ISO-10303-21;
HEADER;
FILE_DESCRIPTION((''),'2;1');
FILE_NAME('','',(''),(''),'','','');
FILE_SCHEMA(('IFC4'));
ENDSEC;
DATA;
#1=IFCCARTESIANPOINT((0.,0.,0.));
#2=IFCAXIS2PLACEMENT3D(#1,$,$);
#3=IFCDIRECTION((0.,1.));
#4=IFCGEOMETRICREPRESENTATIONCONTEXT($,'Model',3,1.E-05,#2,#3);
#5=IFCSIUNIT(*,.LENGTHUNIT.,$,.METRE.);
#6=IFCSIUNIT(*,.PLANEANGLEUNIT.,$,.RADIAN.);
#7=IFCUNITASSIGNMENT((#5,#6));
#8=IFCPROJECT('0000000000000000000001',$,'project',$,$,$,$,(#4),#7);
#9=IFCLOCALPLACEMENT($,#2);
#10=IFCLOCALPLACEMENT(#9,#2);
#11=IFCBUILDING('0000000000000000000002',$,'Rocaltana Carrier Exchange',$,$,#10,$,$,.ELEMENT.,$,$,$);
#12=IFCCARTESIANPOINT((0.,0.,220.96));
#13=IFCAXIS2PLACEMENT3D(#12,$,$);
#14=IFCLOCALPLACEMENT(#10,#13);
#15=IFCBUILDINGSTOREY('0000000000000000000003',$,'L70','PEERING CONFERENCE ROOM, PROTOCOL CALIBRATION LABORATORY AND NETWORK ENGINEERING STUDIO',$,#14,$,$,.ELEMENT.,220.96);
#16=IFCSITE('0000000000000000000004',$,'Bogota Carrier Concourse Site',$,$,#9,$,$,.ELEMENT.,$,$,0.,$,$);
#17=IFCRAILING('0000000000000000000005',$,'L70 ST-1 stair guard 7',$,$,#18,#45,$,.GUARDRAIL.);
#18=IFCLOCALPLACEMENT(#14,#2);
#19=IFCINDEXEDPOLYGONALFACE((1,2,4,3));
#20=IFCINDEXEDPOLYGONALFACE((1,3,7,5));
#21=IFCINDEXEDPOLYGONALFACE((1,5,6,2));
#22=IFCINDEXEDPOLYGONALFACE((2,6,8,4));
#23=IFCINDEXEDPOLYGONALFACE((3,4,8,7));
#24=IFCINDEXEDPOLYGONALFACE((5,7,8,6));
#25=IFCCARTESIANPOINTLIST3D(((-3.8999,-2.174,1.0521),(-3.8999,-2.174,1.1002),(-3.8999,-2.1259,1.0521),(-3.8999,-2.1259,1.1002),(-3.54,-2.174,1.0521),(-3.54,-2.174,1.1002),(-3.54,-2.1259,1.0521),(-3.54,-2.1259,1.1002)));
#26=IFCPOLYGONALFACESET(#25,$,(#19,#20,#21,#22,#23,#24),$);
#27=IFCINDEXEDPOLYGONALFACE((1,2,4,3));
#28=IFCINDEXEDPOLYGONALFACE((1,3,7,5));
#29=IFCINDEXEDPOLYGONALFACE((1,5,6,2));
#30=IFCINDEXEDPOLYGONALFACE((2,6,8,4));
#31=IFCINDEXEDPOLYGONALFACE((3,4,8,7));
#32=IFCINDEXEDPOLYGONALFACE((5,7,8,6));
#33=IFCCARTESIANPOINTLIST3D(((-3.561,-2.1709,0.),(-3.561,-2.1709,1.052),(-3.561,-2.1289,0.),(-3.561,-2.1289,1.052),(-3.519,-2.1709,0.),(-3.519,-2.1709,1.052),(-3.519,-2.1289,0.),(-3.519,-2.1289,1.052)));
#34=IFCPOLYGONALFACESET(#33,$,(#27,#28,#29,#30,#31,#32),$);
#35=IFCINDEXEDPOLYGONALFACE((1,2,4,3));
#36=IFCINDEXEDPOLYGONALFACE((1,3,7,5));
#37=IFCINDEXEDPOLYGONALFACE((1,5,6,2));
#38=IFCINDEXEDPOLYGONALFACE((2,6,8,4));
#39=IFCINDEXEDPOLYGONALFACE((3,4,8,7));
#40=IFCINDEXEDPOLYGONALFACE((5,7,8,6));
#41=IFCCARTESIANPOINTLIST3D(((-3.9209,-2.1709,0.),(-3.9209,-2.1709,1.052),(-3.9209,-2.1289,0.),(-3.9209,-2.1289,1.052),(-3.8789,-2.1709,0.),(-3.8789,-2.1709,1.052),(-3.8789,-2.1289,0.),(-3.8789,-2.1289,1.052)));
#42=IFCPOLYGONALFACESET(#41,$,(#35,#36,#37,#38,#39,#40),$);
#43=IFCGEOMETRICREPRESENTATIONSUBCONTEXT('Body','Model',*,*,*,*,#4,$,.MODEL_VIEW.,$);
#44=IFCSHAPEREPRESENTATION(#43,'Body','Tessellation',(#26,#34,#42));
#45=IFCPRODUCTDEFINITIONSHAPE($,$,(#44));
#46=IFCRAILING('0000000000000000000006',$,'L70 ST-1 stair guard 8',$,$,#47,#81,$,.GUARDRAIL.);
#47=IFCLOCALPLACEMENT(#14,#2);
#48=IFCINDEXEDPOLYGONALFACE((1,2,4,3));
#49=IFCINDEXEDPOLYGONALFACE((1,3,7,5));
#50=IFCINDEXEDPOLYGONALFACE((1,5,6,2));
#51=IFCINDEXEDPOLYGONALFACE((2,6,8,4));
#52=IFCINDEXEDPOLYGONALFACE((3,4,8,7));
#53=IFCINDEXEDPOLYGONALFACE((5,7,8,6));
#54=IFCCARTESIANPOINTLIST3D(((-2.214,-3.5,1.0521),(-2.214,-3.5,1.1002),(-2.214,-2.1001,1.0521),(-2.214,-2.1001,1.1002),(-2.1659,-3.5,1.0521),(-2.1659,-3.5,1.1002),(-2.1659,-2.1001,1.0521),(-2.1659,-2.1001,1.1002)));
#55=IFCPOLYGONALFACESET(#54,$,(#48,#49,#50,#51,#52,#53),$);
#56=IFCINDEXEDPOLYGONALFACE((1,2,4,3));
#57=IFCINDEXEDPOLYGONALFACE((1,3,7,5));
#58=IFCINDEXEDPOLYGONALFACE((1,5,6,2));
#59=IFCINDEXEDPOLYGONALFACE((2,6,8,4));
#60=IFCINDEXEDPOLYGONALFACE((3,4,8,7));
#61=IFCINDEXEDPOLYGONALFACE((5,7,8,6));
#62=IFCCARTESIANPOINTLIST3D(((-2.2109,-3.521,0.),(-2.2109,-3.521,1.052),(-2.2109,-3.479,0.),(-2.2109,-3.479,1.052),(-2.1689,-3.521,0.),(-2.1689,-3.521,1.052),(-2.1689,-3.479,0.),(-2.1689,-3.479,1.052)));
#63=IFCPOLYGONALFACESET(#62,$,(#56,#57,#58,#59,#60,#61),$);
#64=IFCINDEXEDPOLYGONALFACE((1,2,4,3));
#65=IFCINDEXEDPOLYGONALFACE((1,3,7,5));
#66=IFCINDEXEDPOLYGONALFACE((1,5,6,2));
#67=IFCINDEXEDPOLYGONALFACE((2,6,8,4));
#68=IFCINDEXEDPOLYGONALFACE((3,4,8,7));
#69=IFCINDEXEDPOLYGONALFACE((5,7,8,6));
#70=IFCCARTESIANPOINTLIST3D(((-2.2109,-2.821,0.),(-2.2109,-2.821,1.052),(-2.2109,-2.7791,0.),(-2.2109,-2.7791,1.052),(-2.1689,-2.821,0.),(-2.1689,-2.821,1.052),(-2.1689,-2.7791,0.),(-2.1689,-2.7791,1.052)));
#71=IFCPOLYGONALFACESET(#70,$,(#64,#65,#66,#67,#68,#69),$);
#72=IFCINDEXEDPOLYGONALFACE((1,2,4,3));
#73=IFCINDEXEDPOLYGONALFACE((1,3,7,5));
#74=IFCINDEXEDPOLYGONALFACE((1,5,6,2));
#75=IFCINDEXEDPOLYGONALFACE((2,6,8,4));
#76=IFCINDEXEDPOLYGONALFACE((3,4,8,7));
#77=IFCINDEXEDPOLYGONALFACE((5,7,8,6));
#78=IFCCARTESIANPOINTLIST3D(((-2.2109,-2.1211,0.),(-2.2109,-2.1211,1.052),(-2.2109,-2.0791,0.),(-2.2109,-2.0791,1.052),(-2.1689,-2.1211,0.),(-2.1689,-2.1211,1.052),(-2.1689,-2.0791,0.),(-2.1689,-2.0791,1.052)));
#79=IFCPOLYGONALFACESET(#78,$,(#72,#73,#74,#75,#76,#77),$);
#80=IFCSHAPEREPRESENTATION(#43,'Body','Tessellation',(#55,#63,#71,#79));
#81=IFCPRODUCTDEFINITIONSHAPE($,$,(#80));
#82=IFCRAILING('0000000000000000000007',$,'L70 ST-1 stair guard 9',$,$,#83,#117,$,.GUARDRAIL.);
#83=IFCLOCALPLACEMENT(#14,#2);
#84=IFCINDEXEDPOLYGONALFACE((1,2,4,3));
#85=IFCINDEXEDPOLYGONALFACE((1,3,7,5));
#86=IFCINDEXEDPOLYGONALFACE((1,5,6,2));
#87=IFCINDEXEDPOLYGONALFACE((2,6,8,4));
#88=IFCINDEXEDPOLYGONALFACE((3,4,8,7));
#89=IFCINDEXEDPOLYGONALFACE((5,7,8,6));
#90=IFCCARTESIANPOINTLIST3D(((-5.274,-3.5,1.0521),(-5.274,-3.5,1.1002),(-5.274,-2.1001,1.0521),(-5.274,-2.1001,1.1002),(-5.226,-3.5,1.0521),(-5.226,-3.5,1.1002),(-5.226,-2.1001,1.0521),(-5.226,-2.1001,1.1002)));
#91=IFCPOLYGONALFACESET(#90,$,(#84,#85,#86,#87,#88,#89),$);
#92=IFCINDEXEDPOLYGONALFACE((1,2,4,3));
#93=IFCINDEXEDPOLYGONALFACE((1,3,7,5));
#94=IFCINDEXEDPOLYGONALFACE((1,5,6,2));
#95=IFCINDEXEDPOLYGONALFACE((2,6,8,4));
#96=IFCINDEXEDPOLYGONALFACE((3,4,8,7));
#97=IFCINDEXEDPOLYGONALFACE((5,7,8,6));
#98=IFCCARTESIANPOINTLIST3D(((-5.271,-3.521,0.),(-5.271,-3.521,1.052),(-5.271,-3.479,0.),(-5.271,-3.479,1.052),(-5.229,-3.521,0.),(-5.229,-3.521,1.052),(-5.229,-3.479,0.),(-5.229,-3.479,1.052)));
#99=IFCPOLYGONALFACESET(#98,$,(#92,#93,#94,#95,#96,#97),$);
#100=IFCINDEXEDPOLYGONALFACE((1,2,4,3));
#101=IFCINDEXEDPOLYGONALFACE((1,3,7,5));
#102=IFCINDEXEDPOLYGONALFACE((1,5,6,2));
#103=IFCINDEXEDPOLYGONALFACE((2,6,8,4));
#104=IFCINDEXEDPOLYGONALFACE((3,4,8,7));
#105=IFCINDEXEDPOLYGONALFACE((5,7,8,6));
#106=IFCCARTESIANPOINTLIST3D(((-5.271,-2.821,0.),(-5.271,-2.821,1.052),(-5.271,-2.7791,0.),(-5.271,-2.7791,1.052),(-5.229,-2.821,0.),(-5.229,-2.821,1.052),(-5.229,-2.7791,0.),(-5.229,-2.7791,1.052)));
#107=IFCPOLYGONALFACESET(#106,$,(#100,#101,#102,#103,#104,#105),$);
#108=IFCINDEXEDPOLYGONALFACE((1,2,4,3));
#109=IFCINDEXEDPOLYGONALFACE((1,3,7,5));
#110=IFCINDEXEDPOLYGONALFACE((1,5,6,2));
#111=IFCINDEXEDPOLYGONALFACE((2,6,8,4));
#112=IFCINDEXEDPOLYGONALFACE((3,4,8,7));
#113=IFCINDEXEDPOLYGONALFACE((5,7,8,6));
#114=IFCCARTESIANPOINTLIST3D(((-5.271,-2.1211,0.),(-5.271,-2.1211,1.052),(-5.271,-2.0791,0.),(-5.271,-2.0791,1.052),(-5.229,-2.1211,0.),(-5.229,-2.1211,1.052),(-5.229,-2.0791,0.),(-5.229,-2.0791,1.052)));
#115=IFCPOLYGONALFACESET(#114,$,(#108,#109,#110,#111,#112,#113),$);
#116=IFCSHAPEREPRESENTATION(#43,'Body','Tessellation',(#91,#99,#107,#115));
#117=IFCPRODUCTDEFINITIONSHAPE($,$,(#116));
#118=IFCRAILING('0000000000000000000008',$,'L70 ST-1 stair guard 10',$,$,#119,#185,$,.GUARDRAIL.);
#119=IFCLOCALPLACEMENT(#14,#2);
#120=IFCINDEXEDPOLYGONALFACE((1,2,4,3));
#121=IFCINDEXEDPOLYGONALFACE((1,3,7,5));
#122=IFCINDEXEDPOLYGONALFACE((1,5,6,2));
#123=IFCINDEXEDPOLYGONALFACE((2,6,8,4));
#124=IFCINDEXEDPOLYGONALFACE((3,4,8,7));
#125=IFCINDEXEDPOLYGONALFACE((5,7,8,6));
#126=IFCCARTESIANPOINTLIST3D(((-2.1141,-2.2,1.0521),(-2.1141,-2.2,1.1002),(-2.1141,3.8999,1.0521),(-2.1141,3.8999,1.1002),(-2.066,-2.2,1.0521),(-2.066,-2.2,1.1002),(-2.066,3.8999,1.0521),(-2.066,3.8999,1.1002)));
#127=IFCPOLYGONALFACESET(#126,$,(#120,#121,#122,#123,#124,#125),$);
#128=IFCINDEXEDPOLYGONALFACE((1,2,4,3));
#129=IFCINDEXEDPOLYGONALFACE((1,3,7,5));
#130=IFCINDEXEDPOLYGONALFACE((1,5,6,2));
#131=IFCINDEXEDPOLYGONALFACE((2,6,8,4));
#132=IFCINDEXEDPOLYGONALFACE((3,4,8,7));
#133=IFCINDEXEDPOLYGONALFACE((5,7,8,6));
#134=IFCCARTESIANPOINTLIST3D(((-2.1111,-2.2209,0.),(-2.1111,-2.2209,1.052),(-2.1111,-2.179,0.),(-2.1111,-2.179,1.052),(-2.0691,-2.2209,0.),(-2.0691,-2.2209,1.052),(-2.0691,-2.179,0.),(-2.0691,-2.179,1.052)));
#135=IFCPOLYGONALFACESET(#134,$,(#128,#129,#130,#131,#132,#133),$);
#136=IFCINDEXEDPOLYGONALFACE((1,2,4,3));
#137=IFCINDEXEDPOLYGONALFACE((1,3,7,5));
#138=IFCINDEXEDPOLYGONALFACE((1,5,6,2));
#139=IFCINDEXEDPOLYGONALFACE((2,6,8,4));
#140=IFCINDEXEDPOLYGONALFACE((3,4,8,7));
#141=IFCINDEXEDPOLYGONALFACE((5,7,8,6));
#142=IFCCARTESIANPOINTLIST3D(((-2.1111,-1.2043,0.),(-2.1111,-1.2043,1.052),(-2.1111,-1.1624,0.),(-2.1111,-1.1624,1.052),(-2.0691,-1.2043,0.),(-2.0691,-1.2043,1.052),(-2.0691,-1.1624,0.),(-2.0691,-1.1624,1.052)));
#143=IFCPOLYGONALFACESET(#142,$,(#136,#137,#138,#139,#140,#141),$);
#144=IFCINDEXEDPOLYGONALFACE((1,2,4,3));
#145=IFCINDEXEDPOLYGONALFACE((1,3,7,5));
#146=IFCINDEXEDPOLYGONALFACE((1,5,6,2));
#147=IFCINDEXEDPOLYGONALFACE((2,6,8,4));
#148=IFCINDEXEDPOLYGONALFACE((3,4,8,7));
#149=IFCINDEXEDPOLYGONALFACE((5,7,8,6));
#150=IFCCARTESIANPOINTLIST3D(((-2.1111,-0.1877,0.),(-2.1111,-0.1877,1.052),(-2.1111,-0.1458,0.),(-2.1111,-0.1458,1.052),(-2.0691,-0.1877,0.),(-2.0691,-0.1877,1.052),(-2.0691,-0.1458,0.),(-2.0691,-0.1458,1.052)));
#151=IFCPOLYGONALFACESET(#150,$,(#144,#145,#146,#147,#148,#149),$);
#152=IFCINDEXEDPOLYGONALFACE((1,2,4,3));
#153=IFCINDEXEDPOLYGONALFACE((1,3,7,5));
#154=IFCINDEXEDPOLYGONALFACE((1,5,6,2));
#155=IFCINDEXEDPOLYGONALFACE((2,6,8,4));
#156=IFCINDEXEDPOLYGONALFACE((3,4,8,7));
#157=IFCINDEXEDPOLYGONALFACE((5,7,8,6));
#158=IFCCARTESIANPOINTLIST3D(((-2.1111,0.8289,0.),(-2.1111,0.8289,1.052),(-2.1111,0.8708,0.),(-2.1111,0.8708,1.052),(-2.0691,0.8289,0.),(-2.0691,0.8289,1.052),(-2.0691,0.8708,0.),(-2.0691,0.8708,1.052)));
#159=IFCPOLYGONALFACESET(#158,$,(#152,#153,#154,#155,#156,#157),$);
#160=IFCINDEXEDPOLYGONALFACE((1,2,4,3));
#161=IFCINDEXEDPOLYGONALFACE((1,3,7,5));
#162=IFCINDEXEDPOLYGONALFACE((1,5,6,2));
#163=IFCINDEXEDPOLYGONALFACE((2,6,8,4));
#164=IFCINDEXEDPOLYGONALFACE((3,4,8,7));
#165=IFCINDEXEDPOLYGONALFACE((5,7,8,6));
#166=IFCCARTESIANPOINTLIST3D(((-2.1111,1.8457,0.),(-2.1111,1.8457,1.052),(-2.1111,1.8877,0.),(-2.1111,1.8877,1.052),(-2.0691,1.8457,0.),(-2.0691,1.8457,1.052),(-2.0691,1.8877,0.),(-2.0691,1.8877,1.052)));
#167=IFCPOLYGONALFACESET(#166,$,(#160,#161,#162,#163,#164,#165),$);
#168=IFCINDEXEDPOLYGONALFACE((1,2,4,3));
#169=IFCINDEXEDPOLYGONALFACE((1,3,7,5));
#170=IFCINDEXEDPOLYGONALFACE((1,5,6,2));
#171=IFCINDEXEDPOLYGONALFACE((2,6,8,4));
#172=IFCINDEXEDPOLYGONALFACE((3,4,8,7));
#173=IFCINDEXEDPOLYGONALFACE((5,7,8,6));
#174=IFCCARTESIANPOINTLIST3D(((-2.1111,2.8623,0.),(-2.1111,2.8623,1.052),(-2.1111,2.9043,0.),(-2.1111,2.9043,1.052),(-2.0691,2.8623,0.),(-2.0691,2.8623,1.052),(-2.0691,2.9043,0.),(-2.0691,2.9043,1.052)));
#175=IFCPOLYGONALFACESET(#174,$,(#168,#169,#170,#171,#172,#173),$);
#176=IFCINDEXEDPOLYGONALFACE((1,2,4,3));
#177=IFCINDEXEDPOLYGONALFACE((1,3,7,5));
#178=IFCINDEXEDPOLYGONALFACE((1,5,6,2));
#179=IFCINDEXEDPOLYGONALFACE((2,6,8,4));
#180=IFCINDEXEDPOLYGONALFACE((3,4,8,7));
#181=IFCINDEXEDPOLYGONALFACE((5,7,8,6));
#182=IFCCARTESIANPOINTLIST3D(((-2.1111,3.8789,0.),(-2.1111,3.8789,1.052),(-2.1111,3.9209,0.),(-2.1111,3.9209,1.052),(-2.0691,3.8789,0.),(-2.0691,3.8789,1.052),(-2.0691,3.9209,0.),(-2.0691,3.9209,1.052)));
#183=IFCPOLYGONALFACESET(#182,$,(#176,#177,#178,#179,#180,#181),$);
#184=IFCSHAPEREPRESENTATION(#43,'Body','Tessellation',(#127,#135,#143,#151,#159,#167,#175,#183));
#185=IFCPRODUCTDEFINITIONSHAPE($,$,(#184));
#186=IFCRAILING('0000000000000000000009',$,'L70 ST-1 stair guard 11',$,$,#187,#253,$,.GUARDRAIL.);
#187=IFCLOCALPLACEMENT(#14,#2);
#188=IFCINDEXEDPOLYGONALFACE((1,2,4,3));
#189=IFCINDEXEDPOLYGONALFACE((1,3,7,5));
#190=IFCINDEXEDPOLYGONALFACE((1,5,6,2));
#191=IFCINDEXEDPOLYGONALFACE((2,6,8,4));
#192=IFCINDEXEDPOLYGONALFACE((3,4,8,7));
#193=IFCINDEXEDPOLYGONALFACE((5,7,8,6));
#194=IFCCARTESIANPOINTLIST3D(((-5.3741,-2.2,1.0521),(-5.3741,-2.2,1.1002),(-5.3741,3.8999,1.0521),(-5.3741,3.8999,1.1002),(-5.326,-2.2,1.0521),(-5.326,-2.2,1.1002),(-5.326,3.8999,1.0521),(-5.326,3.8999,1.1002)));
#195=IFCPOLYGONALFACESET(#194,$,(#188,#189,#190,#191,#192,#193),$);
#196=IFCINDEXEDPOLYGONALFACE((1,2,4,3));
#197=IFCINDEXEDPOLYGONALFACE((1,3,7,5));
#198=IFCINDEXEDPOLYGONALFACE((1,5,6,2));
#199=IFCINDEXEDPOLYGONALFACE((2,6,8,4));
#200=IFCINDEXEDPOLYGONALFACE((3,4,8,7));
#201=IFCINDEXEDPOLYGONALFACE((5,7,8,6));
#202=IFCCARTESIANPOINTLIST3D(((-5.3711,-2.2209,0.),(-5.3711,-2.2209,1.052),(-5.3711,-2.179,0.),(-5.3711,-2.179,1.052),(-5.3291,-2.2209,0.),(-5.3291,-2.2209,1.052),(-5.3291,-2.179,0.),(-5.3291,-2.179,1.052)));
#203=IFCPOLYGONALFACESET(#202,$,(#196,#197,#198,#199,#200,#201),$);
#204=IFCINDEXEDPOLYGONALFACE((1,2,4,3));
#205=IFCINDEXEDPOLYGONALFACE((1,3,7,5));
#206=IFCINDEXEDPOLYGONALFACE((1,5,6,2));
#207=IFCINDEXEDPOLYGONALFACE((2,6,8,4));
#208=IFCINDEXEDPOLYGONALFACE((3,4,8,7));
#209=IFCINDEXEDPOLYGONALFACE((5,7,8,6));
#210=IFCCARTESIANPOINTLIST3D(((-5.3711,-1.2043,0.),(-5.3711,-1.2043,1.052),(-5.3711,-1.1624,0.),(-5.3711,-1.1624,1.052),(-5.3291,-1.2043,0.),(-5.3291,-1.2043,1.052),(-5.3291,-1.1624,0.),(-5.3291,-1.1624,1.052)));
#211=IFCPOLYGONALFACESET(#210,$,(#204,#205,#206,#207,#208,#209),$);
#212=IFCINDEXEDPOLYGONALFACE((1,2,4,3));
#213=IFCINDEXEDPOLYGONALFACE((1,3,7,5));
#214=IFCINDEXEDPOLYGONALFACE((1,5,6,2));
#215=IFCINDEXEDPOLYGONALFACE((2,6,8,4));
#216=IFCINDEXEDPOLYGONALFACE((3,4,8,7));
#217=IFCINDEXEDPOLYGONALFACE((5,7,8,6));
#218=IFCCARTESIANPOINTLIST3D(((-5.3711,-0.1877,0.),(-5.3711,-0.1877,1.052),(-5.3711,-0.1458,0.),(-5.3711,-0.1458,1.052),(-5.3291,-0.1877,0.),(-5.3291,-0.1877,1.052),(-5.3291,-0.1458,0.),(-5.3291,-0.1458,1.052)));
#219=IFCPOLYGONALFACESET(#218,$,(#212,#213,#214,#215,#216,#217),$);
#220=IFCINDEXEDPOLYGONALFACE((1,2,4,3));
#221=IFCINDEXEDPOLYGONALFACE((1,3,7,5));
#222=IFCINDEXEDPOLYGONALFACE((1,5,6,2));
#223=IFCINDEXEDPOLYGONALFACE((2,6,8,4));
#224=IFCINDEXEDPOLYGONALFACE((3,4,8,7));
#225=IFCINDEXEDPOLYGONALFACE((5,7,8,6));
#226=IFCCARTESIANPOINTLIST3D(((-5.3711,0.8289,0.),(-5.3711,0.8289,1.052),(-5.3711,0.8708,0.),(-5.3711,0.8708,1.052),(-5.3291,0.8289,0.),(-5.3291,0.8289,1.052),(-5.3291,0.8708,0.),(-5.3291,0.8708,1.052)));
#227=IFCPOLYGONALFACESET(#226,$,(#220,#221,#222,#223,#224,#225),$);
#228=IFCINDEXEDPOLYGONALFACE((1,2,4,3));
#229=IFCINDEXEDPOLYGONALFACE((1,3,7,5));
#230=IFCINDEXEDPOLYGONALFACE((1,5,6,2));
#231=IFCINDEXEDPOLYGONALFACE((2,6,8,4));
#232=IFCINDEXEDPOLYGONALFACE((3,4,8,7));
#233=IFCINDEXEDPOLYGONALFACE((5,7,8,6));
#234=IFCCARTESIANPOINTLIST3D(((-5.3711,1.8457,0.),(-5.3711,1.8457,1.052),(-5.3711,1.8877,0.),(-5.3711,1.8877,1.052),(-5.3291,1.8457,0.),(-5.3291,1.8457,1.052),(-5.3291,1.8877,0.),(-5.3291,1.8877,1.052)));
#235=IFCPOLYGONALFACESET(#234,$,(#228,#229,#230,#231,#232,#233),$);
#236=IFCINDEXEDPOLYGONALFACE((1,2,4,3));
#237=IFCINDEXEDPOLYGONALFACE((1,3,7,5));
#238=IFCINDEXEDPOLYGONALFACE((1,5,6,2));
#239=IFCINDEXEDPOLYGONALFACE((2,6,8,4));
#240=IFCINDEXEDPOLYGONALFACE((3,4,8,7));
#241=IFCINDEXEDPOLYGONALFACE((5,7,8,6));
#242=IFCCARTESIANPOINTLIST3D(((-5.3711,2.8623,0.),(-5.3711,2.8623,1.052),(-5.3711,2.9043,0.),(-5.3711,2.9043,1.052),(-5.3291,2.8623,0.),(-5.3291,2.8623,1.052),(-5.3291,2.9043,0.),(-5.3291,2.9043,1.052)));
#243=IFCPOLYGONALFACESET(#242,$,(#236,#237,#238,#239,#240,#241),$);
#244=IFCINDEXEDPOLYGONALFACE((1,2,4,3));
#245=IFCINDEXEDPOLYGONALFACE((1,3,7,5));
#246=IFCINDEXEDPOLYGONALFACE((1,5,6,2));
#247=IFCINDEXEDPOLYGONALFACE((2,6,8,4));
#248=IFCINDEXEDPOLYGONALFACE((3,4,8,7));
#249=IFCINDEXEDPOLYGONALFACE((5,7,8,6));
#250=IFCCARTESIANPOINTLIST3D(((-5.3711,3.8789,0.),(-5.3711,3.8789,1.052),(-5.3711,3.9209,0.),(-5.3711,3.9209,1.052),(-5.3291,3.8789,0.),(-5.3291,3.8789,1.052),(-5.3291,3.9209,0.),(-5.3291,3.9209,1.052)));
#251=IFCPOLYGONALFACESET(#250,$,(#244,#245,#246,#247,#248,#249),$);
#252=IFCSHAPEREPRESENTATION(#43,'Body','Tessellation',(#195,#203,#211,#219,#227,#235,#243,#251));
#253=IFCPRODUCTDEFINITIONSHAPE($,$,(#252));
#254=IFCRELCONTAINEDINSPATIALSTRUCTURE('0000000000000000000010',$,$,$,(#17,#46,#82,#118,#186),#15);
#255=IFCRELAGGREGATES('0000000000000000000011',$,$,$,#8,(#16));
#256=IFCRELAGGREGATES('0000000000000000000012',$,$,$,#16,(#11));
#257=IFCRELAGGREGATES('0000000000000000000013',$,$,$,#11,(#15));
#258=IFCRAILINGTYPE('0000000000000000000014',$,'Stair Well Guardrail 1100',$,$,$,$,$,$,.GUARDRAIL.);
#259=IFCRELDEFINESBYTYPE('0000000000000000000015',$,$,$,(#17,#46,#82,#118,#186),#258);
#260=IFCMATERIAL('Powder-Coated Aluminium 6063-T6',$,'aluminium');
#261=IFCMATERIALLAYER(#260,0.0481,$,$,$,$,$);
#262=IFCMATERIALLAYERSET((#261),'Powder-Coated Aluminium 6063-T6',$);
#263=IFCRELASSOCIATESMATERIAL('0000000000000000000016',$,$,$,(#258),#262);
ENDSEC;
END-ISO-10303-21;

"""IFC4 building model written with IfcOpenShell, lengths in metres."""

from ifc_helpers import new_model, si_unit, direction, frame, origin, origin_2d, place, context, subcontext, project, spatial, rectangle, extrude, material, layer, layer_set, type_object, element, save


model = new_model("IFC4")

# Units and contexts
model_context = context("Model", 3, precision=1e-05, world=origin(), true_north=direction((0.0, 1.0)))
body_context = subcontext(model_context, "Body", "Model", "MODEL_VIEW")
ifc_project = project(units=[si_unit("LENGTHUNIT", "METRE"), si_unit("PLANEANGLEUNIT", "RADIAN")], contexts=[model_context])

# Site, building, storey
site_placement = place(None, origin())
site = spatial("IfcSite", under=ifc_project, at=site_placement, Name="Bogota Carrier Concourse Site", CompositionType="ELEMENT", RefElevation=0.0)
building_placement = place(site_placement, origin())
building = spatial("IfcBuilding", under=site, at=building_placement, Name="Rocaltana Carrier Exchange", CompositionType="ELEMENT")
storey_placement = place(building_placement, frame((0.0, 0.0, 220.96)))
storey = spatial("IfcBuildingStorey", under=building, at=storey_placement, Name="L70", Description="PEERING CONFERENCE ROOM, PROTOCOL CALIBRATION LABORATORY AND NETWORK ENGINEERING STUDIO", CompositionType="ELEMENT", Elevation=220.96)

# Railings
ifc_material_1 = material(Name="Powder-Coated Aluminium 6063-T6", Category="aluminium")
ifc_layer_1 = layer(ifc_material_1, 0.0481)
ifc_layer_set_1 = layer_set([ifc_layer_1], Name="Powder-Coated Aluminium 6063-T6")
railing_type_1 = type_object("IfcRailingType", Name="Stair Well Guardrail 1100", PredefinedType="GUARDRAIL", material=ifc_layer_set_1)
railing_1_placement = place(storey_placement, frame((-3.54, -2.1499, 0.0)))
element("IfcRailing", 1, at=railing_1_placement, inside=storey, type_object=railing_type_1, Name="L70 ST-1 stair guard 7", PredefinedType="GUARDRAIL", context=body_context, shape_type="SweptSolid", body=[
    extrude(rectangle(XDim=0.0481, YDim=0.0481, at=origin_2d()), frame((0.0, 0.0, 1.0762), z_axis=(-1.0, 0.0, 0.0), x_axis=(0.0, -1.0, 0.0)), (0.0, 0.0, 1.0), 0.3599),
    extrude(rectangle(XDim=0.042, YDim=0.042, at=origin_2d()), origin(), (0.0, 0.0, 1.0), 1.052),
    extrude(rectangle(XDim=0.042, YDim=0.042, at=origin_2d()), frame((-0.3599, 0.0, 0.0)), (0.0, 0.0, 1.0), 1.052),
])
for number, where, name in (
    (2, (-2.1899, -3.5, 0.0), "L70 ST-1 stair guard 8"),
    (3, (-5.25, -3.5, 0.0), "L70 ST-1 stair guard 9"),
):
    element("IfcRailing", number, at=place(storey_placement, frame(where)), inside=storey, type_object=railing_type_1, Name=name, PredefinedType="GUARDRAIL", context=body_context, shape_type="SweptSolid", body=[
        extrude(rectangle(XDim=0.0481, YDim=0.0481, at=origin_2d()), frame((0.0, 0.0, 1.0762), z_axis=(0.0, 1.0, 0.0), x_axis=(-1.0, 0.0, 0.0)), (0.0, 0.0, 1.0), 1.3999),
        extrude(rectangle(XDim=0.042, YDim=0.042, at=origin_2d()), origin(), (0.0, 0.0, 1.0), 1.052),
        extrude(rectangle(XDim=0.042, YDim=0.042, at=origin_2d()), frame((0.0, 0.7, 0.0)), (0.0, 0.0, 1.0), 1.052),
        extrude(rectangle(XDim=0.042, YDim=0.042, at=origin_2d()), frame((0.0, 1.3999, 0.0)), (0.0, 0.0, 1.0), 1.052),
    ])
for number, where, name in (
    (4, (-2.0901, -2.2, 0.0), "L70 ST-1 stair guard 10"),
    (5, (-5.3501, -2.2, 0.0), "L70 ST-1 stair guard 11"),
):
    element("IfcRailing", number, at=place(storey_placement, frame(where)), inside=storey, type_object=railing_type_1, Name=name, PredefinedType="GUARDRAIL", context=body_context, shape_type="SweptSolid", body=[
        extrude(rectangle(XDim=0.0481, YDim=0.0481, at=origin_2d()), frame((0.0, 0.0, 1.0762), z_axis=(0.0, 1.0, 0.0), x_axis=(-1.0, 0.0, 0.0)), (0.0, 0.0, 1.0), 6.0999),
        extrude(rectangle(XDim=0.042, YDim=0.042, at=origin_2d()), origin(), (0.0, 0.0, 1.0), 1.052),
        extrude(rectangle(XDim=0.042, YDim=0.042, at=origin_2d()), frame((0.0, 1.0166, 0.0)), (0.0, 0.0, 1.0), 1.052),
        extrude(rectangle(XDim=0.042, YDim=0.042, at=origin_2d()), frame((0.0, 2.0332, 0.0)), (0.0, 0.0, 1.0), 1.052),
        extrude(rectangle(XDim=0.042, YDim=0.042, at=origin_2d()), frame((0.0, 3.0498, 0.0)), (0.0, 0.0, 1.0), 1.052),
        extrude(rectangle(XDim=0.042, YDim=0.042, at=origin_2d()), frame((0.0, 4.0667, 0.0)), (0.0, 0.0, 1.0), 1.052),
        extrude(rectangle(XDim=0.042, YDim=0.042, at=origin_2d()), frame((0.0, 5.0833, 0.0)), (0.0, 0.0, 1.0), 1.052),
        extrude(rectangle(XDim=0.042, YDim=0.042, at=origin_2d()), frame((0.0, 6.0999, 0.0)), (0.0, 0.0, 1.0), 1.052),
    ])

save(model, "model.ifc")
